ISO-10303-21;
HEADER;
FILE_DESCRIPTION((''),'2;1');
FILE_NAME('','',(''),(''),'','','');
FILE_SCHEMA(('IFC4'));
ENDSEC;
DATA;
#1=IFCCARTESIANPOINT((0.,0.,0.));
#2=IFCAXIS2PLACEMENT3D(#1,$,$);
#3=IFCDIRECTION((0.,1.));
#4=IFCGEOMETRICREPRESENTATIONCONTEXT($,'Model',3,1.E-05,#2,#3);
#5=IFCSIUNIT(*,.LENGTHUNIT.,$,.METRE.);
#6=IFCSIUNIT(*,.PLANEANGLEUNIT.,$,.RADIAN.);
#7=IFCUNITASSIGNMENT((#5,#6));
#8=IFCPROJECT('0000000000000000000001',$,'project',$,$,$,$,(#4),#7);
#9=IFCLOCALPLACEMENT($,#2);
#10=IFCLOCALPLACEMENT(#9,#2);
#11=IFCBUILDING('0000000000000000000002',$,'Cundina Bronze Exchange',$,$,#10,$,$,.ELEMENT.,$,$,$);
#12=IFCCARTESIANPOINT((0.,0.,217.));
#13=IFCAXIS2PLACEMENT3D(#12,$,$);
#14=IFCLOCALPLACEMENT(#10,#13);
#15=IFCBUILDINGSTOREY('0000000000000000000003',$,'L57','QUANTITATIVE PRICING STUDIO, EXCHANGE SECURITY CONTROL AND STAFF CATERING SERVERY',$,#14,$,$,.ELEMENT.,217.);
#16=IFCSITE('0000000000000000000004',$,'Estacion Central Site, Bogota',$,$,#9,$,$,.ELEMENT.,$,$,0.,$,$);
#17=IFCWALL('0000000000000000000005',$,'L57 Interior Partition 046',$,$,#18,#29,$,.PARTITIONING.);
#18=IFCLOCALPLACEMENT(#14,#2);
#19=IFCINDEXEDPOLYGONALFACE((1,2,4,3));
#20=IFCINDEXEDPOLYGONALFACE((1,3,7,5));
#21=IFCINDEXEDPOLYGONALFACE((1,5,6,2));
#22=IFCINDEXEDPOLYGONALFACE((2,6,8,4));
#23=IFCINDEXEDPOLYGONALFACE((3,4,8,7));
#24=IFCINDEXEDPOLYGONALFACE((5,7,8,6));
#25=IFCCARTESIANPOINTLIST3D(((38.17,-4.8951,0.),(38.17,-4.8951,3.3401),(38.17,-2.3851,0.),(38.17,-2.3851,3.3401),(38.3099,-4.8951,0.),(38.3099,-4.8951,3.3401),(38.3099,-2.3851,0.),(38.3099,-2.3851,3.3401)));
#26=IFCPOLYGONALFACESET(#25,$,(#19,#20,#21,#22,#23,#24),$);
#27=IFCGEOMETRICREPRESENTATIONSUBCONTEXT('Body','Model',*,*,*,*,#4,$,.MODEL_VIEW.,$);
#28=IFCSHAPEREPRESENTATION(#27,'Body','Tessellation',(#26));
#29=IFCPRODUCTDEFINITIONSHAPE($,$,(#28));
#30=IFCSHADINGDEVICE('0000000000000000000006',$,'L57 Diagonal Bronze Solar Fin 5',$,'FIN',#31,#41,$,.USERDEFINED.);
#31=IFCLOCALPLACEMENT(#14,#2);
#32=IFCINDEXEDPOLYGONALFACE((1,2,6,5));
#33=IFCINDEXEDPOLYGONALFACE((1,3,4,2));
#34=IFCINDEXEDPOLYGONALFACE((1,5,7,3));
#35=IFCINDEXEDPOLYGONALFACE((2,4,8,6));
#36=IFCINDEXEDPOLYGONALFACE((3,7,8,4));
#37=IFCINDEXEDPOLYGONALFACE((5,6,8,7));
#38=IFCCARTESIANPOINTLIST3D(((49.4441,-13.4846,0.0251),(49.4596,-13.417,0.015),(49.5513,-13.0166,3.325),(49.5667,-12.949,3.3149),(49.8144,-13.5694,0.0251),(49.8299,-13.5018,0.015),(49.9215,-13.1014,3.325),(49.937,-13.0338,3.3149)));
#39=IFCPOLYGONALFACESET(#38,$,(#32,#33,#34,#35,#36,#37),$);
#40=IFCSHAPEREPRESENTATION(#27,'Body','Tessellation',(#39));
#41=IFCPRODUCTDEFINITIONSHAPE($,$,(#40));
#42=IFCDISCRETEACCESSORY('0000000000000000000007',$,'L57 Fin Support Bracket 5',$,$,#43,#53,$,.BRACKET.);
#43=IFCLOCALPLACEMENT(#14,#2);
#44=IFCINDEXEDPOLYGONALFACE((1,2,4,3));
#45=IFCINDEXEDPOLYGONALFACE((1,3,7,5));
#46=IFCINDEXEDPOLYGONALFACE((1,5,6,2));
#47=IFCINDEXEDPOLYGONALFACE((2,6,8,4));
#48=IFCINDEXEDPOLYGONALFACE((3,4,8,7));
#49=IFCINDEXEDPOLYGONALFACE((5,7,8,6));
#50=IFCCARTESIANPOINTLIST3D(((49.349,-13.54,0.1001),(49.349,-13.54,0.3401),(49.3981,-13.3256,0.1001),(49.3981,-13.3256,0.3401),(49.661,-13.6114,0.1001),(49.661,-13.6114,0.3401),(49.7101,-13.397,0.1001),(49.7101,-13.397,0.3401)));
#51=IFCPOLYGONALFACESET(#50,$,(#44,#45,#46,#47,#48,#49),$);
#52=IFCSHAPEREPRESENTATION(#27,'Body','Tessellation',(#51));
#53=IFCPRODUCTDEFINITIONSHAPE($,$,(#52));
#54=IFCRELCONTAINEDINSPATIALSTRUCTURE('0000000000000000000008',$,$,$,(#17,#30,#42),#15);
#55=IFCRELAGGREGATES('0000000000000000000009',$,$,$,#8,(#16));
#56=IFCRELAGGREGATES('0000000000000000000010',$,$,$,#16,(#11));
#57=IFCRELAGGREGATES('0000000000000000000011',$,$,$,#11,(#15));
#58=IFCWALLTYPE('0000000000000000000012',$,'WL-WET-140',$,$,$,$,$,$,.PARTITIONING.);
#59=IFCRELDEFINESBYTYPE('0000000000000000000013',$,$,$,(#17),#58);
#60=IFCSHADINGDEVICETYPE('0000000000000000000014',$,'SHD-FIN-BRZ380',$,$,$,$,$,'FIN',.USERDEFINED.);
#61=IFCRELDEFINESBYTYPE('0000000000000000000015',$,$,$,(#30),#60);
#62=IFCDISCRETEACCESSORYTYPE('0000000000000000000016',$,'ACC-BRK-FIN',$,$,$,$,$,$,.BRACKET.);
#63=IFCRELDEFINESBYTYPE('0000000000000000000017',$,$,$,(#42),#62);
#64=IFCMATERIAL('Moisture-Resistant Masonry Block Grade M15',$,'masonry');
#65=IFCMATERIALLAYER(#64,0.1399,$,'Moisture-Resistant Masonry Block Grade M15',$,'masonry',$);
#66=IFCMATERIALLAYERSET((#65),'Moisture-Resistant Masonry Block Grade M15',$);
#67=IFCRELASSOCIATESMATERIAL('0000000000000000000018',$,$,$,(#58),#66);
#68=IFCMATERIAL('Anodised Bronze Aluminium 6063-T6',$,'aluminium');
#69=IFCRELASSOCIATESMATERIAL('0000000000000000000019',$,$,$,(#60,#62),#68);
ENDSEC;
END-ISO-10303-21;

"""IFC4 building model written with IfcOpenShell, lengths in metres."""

from ifc_helpers import new_model, si_unit, direction, frame, frame_2d, origin, origin_2d, place, context, subcontext, project, spatial, rectangle, extrude, material, layer, layer_set, material_profile, profile_set, type_object, element, save


model = new_model("IFC4")

# Units and contexts
model_context = context("Model", 3, precision=1e-05, world=origin(), true_north=direction((0.0, 1.0)))
body_context = subcontext(model_context, "Body", "Model", "MODEL_VIEW")
ifc_project = project(units=[si_unit("LENGTHUNIT", "METRE"), si_unit("PLANEANGLEUNIT", "RADIAN")], contexts=[model_context])

# Site, building, storey
site_placement = place(None, origin())
site = spatial("IfcSite", under=ifc_project, at=site_placement, Name="Estacion Central Site, Bogota", CompositionType="ELEMENT", RefElevation=0.0)
building_placement = place(site_placement, origin())
building = spatial("IfcBuilding", under=site, at=building_placement, Name="Cundina Bronze Exchange", CompositionType="ELEMENT")
storey_placement = place(building_placement, frame((0.0, 0.0, 217.0)))
storey = spatial("IfcBuildingStorey", under=building, at=storey_placement, Name="L57", Description="QUANTITATIVE PRICING STUDIO, EXCHANGE SECURITY CONTROL AND STAFF CATERING SERVERY", CompositionType="ELEMENT", Elevation=217.0)

# Shared definitions
ifc_material_1 = material(Name="Anodised Bronze Aluminium 6063-T6", Category="aluminium")

# Wall
ifc_material_2 = material(Name="Moisture-Resistant Masonry Block Grade M15", Category="masonry")
ifc_layer_1 = layer(ifc_material_2, 0.1399, Name="Moisture-Resistant Masonry Block Grade M15", Category="masonry")
ifc_layer_set_1 = layer_set([ifc_layer_1], Name="Moisture-Resistant Masonry Block Grade M15")
wall_type_1 = type_object("IfcWallType", Name="WL-WET-140", PredefinedType="PARTITIONING", material=ifc_layer_set_1)
wall_1_placement = place(storey_placement, frame((38.24, -4.895, 0.0), z_axis=(0.0, 0.0, 1.0), x_axis=(0.0, 1.0, 0.0)))
element("IfcWall", 1, at=wall_1_placement, inside=storey, type_object=wall_type_1, Name="L57 Interior Partition 046", PredefinedType="PARTITIONING", context=body_context, shape_type="SweptSolid", body=[
    extrude(rectangle(XDim=2.51, YDim=0.1399, at=frame_2d((1.2549, 0.0))), origin(), (0.0, 0.0, 1.0), 3.3401),
])

# Shading device
ifc_material_profile_1 = material_profile(ifc_material_1, rectangle(XDim=0.0701, YDim=0.3799, at=origin_2d()), Name="FIN70X380", Category="aluminium")
ifc_profile_set_1 = profile_set([ifc_material_profile_1], Name="Anodised Bronze Aluminium 6063-T6")
shading_device_type = type_object("IfcShadingDeviceType", Name="SHD-FIN-BRZ380", ElementType="FIN", PredefinedType="USERDEFINED", material=ifc_profile_set_1)
shading_device_placement = place(storey_placement, frame((49.637, -13.4932, 0.02), z_axis=(0.032139, 0.140344, 0.989581), x_axis=(-0.220899, -0.964611, 0.143977)))
element("IfcShadingDevice", 2, at=shading_device_placement, inside=storey, type_object=shading_device_type, Name="L57 Diagonal Bronze Solar Fin 5", ObjectType="FIN", PredefinedType="USERDEFINED", context=body_context, shape_type="SweptSolid", body=[
    extrude(rectangle(XDim=0.0701, YDim=0.3799, at=origin_2d()), origin(), (0.0, 0.0, 1.0), 3.3347),
])

# Discrete accessory
discrete_accessory_type = type_object("IfcDiscreteAccessoryType", Name="ACC-BRK-FIN", PredefinedType="BRACKET", material=ifc_material_1)
discrete_accessory_placement = place(storey_placement, frame((49.5295, -13.4685, 0.1001), z_axis=(0.0, 0.0, 1.0), x_axis=(0.223284, 0.974753, 0.0)))
element("IfcDiscreteAccessory", 3, at=discrete_accessory_placement, inside=storey, type_object=discrete_accessory_type, Name="L57 Fin Support Bracket 5", PredefinedType="BRACKET", context=body_context, shape_type="SweptSolid", body=[
    extrude(rectangle(XDim=0.22, YDim=0.3201, at=origin_2d()), origin(), (0.0, 0.0, 1.0), 0.24),
])

save(model, "model.ifc")
